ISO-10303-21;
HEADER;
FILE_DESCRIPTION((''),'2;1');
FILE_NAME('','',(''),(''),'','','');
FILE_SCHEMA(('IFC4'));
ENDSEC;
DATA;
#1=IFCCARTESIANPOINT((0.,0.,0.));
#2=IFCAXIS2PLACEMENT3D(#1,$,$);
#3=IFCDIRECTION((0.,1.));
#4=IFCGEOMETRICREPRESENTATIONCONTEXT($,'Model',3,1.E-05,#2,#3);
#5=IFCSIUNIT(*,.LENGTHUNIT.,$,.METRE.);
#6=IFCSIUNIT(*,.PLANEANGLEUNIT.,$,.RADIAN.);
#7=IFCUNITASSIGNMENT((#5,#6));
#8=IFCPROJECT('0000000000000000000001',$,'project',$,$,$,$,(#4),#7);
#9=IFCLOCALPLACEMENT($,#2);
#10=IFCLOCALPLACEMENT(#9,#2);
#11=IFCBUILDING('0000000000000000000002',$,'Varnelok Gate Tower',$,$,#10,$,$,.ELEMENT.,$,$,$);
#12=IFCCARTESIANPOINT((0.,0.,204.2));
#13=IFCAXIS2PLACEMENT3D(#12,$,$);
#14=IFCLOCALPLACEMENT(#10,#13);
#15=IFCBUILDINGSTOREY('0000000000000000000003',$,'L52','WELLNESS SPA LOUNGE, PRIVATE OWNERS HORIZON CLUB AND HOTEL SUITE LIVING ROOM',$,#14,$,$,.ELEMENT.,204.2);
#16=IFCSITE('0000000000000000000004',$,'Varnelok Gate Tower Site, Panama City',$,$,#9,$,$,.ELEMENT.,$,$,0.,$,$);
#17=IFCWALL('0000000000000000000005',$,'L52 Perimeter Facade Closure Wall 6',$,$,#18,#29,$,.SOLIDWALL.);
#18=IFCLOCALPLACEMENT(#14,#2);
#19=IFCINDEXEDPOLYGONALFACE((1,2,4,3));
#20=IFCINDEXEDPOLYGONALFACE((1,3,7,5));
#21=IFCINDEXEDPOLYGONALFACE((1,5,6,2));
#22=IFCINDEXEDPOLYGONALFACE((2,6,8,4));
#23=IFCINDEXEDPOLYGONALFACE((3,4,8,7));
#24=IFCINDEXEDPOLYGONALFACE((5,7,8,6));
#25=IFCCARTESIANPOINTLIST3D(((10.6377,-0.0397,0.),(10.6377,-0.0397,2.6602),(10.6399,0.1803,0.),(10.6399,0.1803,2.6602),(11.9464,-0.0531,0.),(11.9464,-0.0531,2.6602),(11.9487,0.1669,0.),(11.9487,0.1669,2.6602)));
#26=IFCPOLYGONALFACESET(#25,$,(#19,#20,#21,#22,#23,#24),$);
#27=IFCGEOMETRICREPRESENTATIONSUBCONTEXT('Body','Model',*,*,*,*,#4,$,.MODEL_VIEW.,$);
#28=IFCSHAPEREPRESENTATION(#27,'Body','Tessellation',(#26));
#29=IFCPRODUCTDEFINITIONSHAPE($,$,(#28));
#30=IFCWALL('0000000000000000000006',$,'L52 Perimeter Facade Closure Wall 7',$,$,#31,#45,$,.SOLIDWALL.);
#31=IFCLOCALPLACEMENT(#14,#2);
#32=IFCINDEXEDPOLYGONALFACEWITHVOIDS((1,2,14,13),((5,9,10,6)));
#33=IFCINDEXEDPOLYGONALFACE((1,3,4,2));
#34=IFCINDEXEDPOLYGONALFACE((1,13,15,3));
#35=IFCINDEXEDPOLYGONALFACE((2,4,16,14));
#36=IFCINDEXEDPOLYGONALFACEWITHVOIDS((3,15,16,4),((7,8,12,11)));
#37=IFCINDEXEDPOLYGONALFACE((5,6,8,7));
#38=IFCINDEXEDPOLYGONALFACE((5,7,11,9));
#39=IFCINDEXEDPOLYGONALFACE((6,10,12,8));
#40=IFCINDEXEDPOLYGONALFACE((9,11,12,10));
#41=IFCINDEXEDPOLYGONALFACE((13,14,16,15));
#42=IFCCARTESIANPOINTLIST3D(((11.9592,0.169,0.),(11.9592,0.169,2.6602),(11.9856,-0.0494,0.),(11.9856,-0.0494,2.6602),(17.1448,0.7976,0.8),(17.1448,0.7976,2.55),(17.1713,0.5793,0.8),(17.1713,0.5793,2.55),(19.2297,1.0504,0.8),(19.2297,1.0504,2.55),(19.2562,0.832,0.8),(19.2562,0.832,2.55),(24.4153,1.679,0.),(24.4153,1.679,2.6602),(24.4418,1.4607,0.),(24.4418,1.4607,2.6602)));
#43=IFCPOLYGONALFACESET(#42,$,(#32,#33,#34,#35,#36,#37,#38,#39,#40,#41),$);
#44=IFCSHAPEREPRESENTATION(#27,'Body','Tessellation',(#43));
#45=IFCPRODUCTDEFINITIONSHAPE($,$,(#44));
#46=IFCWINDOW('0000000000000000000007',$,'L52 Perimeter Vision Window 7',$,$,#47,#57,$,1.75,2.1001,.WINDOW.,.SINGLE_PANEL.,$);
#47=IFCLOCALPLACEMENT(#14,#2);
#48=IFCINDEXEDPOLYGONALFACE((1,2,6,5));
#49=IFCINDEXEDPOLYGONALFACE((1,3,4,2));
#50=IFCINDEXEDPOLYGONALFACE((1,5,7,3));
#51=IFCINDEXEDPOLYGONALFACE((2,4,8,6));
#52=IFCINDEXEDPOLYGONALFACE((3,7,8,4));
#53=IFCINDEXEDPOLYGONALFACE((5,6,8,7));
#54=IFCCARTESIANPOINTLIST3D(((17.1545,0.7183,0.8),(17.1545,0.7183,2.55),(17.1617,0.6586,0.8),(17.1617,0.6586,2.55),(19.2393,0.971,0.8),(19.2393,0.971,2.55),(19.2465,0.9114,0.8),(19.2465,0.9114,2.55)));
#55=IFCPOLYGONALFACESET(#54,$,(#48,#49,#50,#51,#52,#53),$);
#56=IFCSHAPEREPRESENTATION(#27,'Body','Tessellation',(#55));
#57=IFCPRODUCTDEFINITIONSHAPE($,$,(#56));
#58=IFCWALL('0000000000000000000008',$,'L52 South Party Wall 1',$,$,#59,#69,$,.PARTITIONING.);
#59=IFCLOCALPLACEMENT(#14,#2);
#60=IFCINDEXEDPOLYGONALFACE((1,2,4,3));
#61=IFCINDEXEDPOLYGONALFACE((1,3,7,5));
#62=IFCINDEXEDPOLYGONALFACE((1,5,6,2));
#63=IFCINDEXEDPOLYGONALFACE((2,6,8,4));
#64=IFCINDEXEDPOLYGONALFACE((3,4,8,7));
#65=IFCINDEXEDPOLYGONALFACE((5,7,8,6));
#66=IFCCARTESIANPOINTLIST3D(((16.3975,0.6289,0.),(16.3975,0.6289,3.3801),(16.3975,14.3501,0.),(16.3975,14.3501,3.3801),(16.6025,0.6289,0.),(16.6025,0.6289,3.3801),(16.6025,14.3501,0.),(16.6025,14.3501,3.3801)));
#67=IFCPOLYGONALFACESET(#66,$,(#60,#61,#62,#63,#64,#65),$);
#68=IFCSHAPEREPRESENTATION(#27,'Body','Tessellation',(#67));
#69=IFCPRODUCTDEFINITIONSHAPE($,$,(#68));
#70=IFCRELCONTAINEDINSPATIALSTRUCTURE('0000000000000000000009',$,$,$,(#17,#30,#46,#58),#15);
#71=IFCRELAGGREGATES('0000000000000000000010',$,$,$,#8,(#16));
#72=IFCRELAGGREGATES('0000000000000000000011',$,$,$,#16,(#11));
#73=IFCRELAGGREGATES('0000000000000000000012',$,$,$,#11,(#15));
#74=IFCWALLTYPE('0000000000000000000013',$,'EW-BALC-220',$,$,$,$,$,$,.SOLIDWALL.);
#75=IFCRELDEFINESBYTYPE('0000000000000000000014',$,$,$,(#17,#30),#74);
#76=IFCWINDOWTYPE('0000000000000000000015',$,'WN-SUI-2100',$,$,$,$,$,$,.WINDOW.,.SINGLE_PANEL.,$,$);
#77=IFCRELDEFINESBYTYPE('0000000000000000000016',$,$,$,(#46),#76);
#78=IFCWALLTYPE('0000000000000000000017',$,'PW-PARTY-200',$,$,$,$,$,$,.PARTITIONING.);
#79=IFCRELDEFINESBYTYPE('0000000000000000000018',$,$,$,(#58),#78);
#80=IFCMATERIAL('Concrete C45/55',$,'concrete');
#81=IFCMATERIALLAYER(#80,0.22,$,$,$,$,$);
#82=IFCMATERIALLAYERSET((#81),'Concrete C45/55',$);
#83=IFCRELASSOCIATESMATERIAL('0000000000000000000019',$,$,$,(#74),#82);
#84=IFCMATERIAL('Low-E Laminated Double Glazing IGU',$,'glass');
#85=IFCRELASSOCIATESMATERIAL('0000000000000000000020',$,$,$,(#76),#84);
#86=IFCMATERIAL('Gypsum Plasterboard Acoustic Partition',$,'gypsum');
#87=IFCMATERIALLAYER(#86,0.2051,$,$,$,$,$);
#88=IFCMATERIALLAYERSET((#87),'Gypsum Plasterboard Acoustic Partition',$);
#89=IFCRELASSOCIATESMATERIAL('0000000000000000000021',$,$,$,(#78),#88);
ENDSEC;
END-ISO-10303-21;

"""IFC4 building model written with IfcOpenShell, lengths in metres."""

from ifc_helpers import new_model, si_unit, direction, frame, frame_2d, origin, place, context, subcontext, project, spatial, rectangle, extrude, material, layer, layer_set, type_object, element, fill, save


model = new_model("IFC4")

# Units and contexts
model_context = context("Model", 3, precision=1e-05, world=origin(), true_north=direction((0.0, 1.0)))
body_context = subcontext(model_context, "Body", "Model", "MODEL_VIEW")
ifc_project = project(units=[si_unit("LENGTHUNIT", "METRE"), si_unit("PLANEANGLEUNIT", "RADIAN")], contexts=[model_context])

# Site, building, storey
site_placement = place(None, origin())
site = spatial("IfcSite", under=ifc_project, at=site_placement, Name="Varnelok Gate Tower Site, Panama City", CompositionType="ELEMENT", RefElevation=0.0)
building_placement = place(site_placement, origin())
building = spatial("IfcBuilding", under=site, at=building_placement, Name="Varnelok Gate Tower", CompositionType="ELEMENT")
storey_placement = place(building_placement, frame((0.0, 0.0, 204.2)))
storey = spatial("IfcBuildingStorey", under=building, at=storey_placement, Name="L52", Description="WELLNESS SPA LOUNGE, PRIVATE OWNERS HORIZON CLUB AND HOTEL SUITE LIVING ROOM", CompositionType="ELEMENT", Elevation=204.2)

# Shared definitions
ifc_material_1 = material(Name="Concrete C45/55", Category="concrete")

# Wall
ifc_layer_1 = layer(ifc_material_1, 0.22)
ifc_layer_set_1 = layer_set([ifc_layer_1], Name="Concrete C45/55")
wall_type_1 = type_object("IfcWallType", Name="EW-BALC-220", PredefinedType="SOLIDWALL", material=ifc_layer_set_1)
wall_1_placement = place(storey_placement, frame((10.6389, 0.0703, 0.0), z_axis=(0.0, 0.0, 1.0), x_axis=(0.999947, -0.010259, 0.0)))
element("IfcWall", 1, at=wall_1_placement, inside=storey, type_object=wall_type_1, Name="L52 Perimeter Facade Closure Wall 6", PredefinedType="SOLIDWALL", context=body_context, shape_type="SweptSolid", body=[
    extrude(rectangle(XDim=1.3088, YDim=0.22, at=frame_2d((0.6543, 0.0))), origin(), (0.0, 0.0, 1.0), 2.6602),
])

# Wall, opening, window
wall_2_placement = place(storey_placement, frame((11.9724, 0.0598, 0.0), z_axis=(0.0, 0.0, 1.0), x_axis=(0.992732, 0.120346, 0.0)))
wall_2 = element("IfcWall", 2, at=wall_2_placement, inside=storey, type_object=wall_type_1, Name="L52 Perimeter Facade Closure Wall 7", PredefinedType="SOLIDWALL", context=body_context, shape_type="SweptSolid", body=[
    extrude(rectangle(XDim=12.5474, YDim=0.22, at=frame_2d((6.2737, 0.0))), origin(), (0.0, 0.0, 1.0), 2.6602),
])
opening_placement = place(wall_2_placement, frame((5.2236, 0.0, 0.8)))
opening = element("IfcOpeningElement", 3, at=opening_placement, cuts=wall_2, PredefinedType="OPENING", context=body_context, shape_type="SweptSolid", body=[
    extrude(rectangle(XDim=2.1001, YDim=1.75, at=frame_2d((1.05, 0.875))), frame((0.0, 0.1199, 0.0), z_axis=(0.0, -1.0, 0.0), x_axis=(1.0, 0.0, 0.0)), (0.0, 0.0, 1.0), 0.24),
])
ifc_material_2 = material(Name="Low-E Laminated Double Glazing IGU", Category="glass")
window_type = type_object("IfcWindowType", Name="WN-SUI-2100", PartitioningType="SINGLE_PANEL", PredefinedType="WINDOW", material=ifc_material_2)
window_placement = place(opening_placement, origin())
window = element("IfcWindow", 4, at=window_placement, inside=storey, type_object=window_type, Name="L52 Perimeter Vision Window 7", OverallHeight=1.75, OverallWidth=2.1001, PartitioningType="SINGLE_PANEL", PredefinedType="WINDOW", context=body_context, shape_type="SweptSolid", body=[
    extrude(rectangle(XDim=2.1001, YDim=1.75, at=frame_2d((1.05, 0.875))), frame((0.0, 0.03, 0.0), z_axis=(0.0, -1.0, 0.0), x_axis=(1.0, 0.0, 0.0)), (0.0, 0.0, 1.0), 0.0601),
])
fill(opening, window)

# Wall
ifc_material_3 = material(Name="Gypsum Plasterboard Acoustic Partition", Category="gypsum")
ifc_layer_2 = layer(ifc_material_3, 0.2051)
ifc_layer_set_2 = layer_set([ifc_layer_2], Name="Gypsum Plasterboard Acoustic Partition")
wall_type_2 = type_object("IfcWallType", Name="PW-PARTY-200", PredefinedType="PARTITIONING", material=ifc_layer_set_2)
wall_3_placement = place(storey_placement, frame((16.5, 0.6289, 0.0), z_axis=(0.0, 0.0, 1.0), x_axis=(0.0, 1.0, 0.0)))
element("IfcWall", 5, at=wall_3_placement, inside=storey, type_object=wall_type_2, Name="L52 South Party Wall 1", PredefinedType="PARTITIONING", context=body_context, shape_type="SweptSolid", body=[
    extrude(rectangle(XDim=13.7212, YDim=0.2051, at=frame_2d((6.8606, 0.0))), origin(), (0.0, 0.0, 1.0), 3.3801),
])

save(model, "model.ifc")
